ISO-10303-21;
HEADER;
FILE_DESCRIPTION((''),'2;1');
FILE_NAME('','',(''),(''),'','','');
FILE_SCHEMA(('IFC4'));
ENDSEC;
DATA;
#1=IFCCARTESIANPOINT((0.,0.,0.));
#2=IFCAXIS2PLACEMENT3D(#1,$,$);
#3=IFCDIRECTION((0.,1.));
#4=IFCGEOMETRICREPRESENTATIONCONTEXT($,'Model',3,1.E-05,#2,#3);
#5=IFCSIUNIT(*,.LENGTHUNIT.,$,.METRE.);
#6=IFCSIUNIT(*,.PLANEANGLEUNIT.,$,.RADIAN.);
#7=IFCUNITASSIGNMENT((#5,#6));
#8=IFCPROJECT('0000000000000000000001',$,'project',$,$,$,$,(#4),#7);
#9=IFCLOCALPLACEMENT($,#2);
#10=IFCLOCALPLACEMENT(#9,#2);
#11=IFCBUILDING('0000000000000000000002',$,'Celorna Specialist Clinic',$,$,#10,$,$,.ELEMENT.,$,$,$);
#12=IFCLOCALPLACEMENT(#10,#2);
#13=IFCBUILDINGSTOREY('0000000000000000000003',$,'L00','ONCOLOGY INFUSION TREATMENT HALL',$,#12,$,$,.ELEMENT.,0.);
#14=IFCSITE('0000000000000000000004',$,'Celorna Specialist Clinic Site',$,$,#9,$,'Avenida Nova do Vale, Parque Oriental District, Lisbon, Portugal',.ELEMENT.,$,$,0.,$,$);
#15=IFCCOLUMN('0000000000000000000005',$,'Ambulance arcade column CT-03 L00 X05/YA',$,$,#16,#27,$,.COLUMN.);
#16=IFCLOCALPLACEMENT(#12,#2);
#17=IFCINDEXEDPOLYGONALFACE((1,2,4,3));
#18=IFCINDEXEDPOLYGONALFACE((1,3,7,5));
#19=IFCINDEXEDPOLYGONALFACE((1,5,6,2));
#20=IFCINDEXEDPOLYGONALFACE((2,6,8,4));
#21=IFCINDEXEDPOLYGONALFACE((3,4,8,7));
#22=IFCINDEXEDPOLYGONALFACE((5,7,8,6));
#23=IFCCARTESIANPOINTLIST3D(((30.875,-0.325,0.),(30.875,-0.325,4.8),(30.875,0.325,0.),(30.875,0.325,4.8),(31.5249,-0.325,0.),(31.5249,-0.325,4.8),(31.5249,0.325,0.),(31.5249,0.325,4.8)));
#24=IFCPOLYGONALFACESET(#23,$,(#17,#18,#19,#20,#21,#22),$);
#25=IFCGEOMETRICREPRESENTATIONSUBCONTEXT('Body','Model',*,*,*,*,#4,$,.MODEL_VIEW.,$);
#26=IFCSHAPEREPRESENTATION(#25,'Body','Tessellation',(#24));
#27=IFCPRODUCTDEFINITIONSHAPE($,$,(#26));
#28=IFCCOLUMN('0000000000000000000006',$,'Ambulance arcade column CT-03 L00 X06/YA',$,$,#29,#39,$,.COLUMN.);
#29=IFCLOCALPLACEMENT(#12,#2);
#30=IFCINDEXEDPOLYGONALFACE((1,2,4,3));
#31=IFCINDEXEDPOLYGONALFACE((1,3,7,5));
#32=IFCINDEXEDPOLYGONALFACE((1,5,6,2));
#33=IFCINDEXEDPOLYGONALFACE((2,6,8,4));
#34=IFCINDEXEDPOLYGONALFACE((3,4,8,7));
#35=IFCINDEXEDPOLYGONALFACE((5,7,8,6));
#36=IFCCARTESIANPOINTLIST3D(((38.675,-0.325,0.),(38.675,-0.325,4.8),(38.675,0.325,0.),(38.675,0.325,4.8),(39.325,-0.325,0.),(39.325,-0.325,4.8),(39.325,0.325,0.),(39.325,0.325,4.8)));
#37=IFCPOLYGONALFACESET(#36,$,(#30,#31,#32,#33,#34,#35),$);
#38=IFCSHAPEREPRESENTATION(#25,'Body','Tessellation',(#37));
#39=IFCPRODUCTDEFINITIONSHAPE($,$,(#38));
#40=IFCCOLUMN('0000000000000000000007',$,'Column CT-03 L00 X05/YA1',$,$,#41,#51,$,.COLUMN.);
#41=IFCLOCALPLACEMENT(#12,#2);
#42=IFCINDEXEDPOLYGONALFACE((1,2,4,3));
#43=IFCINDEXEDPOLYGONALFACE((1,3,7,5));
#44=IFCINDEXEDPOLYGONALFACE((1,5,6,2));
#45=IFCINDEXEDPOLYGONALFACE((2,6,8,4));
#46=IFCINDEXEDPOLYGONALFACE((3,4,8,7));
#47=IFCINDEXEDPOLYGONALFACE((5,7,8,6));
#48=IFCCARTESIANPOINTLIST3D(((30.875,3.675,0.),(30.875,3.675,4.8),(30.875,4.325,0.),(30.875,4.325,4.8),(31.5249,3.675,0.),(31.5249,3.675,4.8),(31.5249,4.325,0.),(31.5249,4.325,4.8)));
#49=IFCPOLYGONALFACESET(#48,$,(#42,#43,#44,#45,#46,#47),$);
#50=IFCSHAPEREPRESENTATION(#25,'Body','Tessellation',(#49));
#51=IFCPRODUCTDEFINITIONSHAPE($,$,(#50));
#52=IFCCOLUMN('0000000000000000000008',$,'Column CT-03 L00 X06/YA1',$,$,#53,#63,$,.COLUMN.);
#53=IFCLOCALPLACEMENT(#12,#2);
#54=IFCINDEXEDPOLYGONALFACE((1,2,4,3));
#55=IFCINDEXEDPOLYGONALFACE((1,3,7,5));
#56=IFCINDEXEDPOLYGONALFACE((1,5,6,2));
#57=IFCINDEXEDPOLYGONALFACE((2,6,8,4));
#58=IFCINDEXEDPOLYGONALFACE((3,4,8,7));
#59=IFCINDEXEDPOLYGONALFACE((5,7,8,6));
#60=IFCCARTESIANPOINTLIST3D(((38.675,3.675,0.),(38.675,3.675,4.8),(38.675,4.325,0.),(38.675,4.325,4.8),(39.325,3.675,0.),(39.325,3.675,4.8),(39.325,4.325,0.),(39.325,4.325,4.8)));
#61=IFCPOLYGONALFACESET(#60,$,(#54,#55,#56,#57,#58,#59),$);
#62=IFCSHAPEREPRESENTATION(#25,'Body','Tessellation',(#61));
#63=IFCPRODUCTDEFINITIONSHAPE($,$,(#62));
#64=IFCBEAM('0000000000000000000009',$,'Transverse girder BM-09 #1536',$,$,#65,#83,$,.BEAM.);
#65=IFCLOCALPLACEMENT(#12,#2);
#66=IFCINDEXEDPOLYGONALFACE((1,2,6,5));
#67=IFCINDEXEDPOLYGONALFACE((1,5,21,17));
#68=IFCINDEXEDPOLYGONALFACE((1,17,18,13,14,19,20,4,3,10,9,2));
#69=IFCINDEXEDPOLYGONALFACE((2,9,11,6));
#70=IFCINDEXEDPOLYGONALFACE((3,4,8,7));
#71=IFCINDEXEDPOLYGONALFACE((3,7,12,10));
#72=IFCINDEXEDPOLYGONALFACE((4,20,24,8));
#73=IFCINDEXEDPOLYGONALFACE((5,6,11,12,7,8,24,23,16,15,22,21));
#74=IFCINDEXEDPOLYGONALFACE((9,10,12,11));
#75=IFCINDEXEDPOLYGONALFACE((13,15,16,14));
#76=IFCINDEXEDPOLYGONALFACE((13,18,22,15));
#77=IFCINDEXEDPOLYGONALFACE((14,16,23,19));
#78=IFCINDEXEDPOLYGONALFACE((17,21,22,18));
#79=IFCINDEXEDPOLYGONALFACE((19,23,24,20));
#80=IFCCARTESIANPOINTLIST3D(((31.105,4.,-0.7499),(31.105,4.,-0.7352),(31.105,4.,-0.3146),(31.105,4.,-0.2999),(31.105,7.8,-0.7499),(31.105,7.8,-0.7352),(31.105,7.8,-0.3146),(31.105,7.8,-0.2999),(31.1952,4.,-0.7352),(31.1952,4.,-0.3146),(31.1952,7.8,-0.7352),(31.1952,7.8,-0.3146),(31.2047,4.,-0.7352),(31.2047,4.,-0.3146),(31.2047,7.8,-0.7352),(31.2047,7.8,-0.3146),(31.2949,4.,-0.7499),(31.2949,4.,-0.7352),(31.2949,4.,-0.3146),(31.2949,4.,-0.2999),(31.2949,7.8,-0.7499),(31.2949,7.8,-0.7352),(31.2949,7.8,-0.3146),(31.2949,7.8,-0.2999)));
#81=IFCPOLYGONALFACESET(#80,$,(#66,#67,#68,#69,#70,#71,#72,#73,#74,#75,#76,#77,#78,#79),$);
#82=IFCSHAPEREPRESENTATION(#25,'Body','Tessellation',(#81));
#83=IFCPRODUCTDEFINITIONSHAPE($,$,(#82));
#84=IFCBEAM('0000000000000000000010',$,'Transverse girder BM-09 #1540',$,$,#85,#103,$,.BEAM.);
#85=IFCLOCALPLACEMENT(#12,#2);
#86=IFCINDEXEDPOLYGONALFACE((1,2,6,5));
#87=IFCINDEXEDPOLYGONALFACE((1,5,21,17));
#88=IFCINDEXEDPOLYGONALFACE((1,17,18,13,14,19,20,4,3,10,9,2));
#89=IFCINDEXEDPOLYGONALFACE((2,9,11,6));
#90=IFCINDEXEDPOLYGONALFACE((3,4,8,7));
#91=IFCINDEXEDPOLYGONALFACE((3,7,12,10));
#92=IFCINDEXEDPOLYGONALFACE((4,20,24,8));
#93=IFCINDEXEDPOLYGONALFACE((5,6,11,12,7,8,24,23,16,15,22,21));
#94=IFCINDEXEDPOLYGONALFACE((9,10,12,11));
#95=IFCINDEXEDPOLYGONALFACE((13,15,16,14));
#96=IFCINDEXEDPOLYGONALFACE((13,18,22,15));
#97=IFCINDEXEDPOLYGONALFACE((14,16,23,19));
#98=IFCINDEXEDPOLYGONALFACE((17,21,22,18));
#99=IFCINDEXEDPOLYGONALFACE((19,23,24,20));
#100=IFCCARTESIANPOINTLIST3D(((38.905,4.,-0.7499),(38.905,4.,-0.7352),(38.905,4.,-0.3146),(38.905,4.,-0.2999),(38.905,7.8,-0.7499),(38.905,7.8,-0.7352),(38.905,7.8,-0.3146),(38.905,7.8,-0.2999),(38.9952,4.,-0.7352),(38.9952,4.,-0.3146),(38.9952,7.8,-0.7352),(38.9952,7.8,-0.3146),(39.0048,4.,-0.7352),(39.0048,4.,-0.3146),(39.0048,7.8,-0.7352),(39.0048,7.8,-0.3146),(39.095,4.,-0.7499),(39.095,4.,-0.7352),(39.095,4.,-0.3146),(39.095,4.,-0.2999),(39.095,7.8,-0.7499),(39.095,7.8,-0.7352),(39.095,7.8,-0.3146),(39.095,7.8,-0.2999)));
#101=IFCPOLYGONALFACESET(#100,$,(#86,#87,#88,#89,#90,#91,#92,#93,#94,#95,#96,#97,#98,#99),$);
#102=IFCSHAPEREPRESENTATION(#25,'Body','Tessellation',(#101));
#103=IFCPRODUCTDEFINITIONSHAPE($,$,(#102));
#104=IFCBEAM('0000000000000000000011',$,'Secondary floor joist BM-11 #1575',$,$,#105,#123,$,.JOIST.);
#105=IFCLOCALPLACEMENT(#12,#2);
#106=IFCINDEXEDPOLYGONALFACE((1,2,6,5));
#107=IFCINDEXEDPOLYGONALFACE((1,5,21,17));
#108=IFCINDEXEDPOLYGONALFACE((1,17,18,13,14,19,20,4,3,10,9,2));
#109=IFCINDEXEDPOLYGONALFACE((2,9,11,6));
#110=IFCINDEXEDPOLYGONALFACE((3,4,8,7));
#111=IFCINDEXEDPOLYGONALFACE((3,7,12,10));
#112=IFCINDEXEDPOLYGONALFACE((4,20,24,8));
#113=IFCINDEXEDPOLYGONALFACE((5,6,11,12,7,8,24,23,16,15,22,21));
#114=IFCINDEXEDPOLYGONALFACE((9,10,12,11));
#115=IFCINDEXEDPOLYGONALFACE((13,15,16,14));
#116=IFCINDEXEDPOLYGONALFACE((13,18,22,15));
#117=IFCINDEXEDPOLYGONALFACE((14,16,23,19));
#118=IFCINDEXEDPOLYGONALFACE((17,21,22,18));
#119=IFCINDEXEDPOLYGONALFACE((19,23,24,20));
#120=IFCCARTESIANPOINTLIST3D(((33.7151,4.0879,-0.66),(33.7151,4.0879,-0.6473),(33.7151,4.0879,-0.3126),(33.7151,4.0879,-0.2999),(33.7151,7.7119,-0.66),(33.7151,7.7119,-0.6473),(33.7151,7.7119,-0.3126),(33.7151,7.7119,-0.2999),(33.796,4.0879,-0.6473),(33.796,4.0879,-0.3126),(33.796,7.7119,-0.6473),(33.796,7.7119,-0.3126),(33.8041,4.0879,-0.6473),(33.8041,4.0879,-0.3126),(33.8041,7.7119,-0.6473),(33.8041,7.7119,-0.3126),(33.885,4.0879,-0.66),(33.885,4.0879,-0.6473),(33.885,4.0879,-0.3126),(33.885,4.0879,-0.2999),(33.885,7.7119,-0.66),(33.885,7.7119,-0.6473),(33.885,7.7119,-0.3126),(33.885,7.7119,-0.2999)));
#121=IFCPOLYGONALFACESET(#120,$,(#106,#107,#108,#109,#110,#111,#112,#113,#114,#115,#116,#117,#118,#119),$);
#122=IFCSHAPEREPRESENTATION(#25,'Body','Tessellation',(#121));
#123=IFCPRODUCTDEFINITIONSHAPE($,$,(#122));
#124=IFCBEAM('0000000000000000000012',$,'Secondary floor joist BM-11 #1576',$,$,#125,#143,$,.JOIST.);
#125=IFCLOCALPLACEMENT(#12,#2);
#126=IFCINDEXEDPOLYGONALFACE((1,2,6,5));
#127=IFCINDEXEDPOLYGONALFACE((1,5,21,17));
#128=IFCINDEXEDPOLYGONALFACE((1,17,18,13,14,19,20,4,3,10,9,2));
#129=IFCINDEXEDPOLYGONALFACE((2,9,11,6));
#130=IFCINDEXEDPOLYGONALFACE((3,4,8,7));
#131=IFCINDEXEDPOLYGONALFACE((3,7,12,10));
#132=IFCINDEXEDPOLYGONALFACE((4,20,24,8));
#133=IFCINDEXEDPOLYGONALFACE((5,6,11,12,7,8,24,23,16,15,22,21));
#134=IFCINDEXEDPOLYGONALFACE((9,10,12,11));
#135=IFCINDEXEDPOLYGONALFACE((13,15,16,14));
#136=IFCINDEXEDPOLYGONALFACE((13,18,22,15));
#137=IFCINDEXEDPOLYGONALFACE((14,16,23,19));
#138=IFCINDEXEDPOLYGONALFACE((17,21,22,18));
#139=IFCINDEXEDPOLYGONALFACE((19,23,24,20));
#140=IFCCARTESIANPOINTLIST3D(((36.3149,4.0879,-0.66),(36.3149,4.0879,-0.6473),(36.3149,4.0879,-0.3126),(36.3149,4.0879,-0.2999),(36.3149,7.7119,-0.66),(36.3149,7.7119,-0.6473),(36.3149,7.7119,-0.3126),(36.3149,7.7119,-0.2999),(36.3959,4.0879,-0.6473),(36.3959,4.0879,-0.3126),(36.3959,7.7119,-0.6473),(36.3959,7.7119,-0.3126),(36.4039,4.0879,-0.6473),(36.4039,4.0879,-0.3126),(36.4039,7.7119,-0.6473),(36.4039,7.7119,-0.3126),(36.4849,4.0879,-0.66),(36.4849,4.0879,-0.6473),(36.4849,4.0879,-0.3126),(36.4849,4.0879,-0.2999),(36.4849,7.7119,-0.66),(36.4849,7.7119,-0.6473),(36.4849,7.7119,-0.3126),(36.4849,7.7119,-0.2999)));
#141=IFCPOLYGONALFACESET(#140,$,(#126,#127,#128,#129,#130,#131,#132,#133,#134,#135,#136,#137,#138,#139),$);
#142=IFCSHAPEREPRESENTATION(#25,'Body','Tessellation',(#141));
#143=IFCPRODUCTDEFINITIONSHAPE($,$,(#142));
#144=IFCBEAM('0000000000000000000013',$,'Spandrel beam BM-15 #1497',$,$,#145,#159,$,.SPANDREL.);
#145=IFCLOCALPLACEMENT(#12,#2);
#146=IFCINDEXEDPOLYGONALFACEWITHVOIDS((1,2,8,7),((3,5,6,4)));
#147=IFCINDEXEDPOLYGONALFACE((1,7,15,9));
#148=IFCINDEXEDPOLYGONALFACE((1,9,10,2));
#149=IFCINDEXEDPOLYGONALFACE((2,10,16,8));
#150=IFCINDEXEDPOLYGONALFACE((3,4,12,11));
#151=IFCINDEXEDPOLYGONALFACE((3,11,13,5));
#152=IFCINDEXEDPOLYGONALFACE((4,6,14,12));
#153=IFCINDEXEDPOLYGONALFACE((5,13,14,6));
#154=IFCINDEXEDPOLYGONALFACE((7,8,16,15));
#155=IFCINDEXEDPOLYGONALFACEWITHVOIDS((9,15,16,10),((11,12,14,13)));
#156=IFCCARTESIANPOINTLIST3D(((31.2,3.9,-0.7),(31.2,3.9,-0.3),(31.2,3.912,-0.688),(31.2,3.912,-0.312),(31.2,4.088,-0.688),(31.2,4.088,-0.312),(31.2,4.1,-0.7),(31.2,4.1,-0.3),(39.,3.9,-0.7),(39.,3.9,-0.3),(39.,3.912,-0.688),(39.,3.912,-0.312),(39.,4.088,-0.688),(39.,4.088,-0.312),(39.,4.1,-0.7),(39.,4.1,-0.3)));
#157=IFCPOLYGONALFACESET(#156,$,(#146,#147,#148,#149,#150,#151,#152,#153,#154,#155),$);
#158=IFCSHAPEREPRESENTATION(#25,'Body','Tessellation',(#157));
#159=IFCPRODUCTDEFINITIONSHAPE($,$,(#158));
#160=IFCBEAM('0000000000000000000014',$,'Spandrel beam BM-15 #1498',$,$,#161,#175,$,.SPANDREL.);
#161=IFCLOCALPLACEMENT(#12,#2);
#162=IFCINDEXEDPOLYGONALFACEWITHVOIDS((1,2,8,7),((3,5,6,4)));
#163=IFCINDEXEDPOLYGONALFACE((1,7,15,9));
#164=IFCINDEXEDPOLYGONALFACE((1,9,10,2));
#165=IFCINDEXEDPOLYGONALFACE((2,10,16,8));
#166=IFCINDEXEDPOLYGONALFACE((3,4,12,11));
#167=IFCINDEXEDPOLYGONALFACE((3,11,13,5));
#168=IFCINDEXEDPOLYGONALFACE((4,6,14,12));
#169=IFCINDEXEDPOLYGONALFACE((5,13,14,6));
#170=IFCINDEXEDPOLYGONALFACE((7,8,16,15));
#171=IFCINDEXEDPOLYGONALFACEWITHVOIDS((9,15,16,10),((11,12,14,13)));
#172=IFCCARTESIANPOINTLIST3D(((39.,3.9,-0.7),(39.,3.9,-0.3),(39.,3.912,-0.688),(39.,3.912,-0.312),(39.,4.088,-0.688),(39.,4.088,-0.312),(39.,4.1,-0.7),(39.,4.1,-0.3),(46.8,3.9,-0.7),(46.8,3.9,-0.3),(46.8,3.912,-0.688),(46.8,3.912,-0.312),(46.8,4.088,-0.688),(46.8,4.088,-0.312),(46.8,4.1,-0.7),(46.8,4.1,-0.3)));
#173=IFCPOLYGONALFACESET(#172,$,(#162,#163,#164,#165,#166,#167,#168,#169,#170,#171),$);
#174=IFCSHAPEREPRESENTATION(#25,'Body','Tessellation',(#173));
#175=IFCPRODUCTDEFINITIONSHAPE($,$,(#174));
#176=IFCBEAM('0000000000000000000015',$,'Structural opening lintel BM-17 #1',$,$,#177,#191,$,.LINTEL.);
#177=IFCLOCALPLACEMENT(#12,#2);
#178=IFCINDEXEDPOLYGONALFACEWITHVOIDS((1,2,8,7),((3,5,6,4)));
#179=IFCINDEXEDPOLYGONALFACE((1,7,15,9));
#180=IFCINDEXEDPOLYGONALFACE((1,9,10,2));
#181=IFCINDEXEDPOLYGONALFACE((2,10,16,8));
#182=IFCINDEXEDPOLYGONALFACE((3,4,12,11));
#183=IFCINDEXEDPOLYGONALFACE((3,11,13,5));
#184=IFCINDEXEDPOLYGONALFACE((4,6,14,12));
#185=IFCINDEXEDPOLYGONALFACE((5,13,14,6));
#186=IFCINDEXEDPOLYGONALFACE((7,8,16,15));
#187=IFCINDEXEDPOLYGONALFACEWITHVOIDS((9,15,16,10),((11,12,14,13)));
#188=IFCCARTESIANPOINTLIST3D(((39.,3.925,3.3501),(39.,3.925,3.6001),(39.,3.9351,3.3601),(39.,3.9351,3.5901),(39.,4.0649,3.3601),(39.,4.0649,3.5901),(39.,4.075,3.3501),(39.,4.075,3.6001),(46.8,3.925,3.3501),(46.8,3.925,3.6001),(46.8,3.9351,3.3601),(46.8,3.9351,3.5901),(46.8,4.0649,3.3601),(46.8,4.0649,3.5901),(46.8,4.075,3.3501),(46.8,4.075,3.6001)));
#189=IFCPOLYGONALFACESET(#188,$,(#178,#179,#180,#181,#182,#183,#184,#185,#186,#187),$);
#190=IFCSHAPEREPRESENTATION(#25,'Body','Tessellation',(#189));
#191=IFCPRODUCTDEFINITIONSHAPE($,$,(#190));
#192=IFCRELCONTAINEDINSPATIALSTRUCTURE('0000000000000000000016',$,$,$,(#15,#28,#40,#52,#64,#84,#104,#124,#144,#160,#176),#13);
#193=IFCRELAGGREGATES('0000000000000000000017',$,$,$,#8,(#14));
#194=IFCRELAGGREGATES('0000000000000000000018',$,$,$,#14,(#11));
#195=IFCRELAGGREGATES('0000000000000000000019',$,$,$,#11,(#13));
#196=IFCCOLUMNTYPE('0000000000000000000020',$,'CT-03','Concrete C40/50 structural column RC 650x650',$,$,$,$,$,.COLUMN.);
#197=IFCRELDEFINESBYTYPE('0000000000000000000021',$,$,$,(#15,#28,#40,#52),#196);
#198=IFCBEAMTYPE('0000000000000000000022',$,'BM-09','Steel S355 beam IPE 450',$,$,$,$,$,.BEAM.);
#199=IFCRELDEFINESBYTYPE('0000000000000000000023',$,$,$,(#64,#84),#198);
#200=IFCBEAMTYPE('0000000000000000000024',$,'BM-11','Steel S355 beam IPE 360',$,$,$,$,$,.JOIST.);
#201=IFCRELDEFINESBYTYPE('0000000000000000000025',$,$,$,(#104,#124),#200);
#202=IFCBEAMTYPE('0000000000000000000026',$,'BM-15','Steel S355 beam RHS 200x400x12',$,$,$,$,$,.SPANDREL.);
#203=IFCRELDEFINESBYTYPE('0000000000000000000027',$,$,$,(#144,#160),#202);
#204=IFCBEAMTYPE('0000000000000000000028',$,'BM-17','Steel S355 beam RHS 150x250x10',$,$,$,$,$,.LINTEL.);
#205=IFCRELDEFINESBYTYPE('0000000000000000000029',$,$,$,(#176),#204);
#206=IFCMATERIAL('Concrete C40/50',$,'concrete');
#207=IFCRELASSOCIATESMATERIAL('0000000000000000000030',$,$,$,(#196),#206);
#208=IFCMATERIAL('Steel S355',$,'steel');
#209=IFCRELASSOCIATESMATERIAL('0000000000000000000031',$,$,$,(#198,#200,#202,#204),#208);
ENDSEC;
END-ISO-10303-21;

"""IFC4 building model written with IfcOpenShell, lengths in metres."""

from ifc_helpers import new_model, si_unit, direction, frame, origin, origin_2d, place, context, subcontext, project, spatial, rectangle, hollow_rectangle, i_section, extrude, material, material_profile, profile_set, type_object, element, save


model = new_model("IFC4")

# Units and contexts
model_context = context("Model", 3, precision=1e-05, world=origin(), true_north=direction((0.0, 1.0)))
body_context = subcontext(model_context, "Body", "Model", "MODEL_VIEW")
ifc_project = project(units=[si_unit("LENGTHUNIT", "METRE"), si_unit("PLANEANGLEUNIT", "RADIAN")], contexts=[model_context])

# Site, building, storey
site_placement = place(None, origin())
site = spatial("IfcSite", under=ifc_project, at=site_placement, Name="Celorna Specialist Clinic Site", LongName="Avenida Nova do Vale, Parque Oriental District, Lisbon, Portugal", CompositionType="ELEMENT", RefElevation=0.0)
building_placement = place(site_placement, origin())
building = spatial("IfcBuilding", under=site, at=building_placement, Name="Celorna Specialist Clinic", CompositionType="ELEMENT")
storey_placement = place(building_placement, origin())
storey = spatial("IfcBuildingStorey", under=building, at=storey_placement, Name="L00", Description="ONCOLOGY INFUSION TREATMENT HALL", CompositionType="ELEMENT", Elevation=0.0)

# Columns
ifc_material_1 = material(Name="Concrete C40/50", Category="concrete")
ifc_material_profile_1 = material_profile(ifc_material_1, rectangle(XDim=0.6499, YDim=0.6499, at=origin_2d()), Name="RC 650x650")
ifc_profile_set_1 = profile_set([ifc_material_profile_1], Name="Concrete C40/50")
column_type = type_object("IfcColumnType", Name="CT-03", Description="Concrete C40/50 structural column RC 650x650", PredefinedType="COLUMN", material=ifc_profile_set_1)
for number, where, z_axis, x_axis, name in (
    (1, (31.2, 0.0, 0.0), (0.0, 0.0, 1.0), (1.0, 0.0, 0.0), "Ambulance arcade column CT-03 L00 X05/YA"),
    (2, (39.0, 0.0, 0.0), (0.0, 0.0, 1.0), (1.0, 0.0, 0.0), "Ambulance arcade column CT-03 L00 X06/YA"),
    (3, (31.2, 4.0, 0.0), (0.0, 0.0, 1.0), (1.0, 0.0, 0.0), "Column CT-03 L00 X05/YA1"),
    (4, (39.0, 4.0, 0.0), (0.0, 0.0, 1.0), (1.0, 0.0, 0.0), "Column CT-03 L00 X06/YA1"),
):
    element("IfcColumn", number, at=place(storey_placement, frame(where, z_axis=z_axis, x_axis=x_axis)), inside=storey, type_object=column_type, Name=name, PredefinedType="COLUMN", context=body_context, shape_type="SweptSolid", body=[
        extrude(rectangle(XDim=0.6499, YDim=0.6499, at=origin_2d()), origin(), (0.0, 0.0, 1.0), 4.8),
    ])

# Beams
ifc_material_2 = material(Name="Steel S355", Category="steel")
ifc_material_profile_2 = material_profile(ifc_material_2, i_section(OverallWidth=0.1899, OverallDepth=0.45, WebThickness=0.0095, FlangeThickness=0.0146, at=origin_2d()), Name="IPE 450")
ifc_profile_set_2 = profile_set([ifc_material_profile_2], Name="Steel S355")
beam_type_1 = type_object("IfcBeamType", Name="BM-09", Description="Steel S355 beam IPE 450", PredefinedType="BEAM", material=ifc_profile_set_2)
for number, where, z_axis, x_axis, name in (
    (5, (31.2, 4.0, -0.5249), (0.0, 1.0, 0.0), (-1.0, 0.0, 0.0), "Transverse girder BM-09 #1536"),
    (6, (39.0, 4.0, -0.5249), (0.0, 1.0, 0.0), (-1.0, 0.0, 0.0), "Transverse girder BM-09 #1540"),
):
    element("IfcBeam", number, at=place(storey_placement, frame(where, z_axis=z_axis, x_axis=x_axis)), inside=storey, type_object=beam_type_1, Name=name, PredefinedType="BEAM", context=body_context, shape_type="SweptSolid", body=[
        extrude(i_section(OverallWidth=0.1899, OverallDepth=0.45, WebThickness=0.0095, FlangeThickness=0.0146, at=origin_2d()), origin(), (0.0, 0.0, 1.0), 3.8),
    ])
ifc_material_profile_3 = material_profile(ifc_material_2, i_section(OverallWidth=0.1699, OverallDepth=0.3601, WebThickness=0.0081, FlangeThickness=0.0127, at=origin_2d()), Name="IPE 360")
ifc_profile_set_3 = profile_set([ifc_material_profile_3], Name="Steel S355")
beam_type_2 = type_object("IfcBeamType", Name="BM-11", Description="Steel S355 beam IPE 360", PredefinedType="JOIST", material=ifc_profile_set_3)
for number, where, z_axis, x_axis, name in (
    (7, (33.8, 4.0879, -0.48), (0.0, 1.0, 0.0), (-1.0, 0.0, 0.0), "Secondary floor joist BM-11 #1575"),
    (8, (36.3999, 4.0879, -0.48), (0.0, 1.0, 0.0), (-1.0, 0.0, 0.0), "Secondary floor joist BM-11 #1576"),
):
    element("IfcBeam", number, at=place(storey_placement, frame(where, z_axis=z_axis, x_axis=x_axis)), inside=storey, type_object=beam_type_2, Name=name, PredefinedType="JOIST", context=body_context, shape_type="SweptSolid", body=[
        extrude(i_section(OverallWidth=0.1699, OverallDepth=0.3601, WebThickness=0.0081, FlangeThickness=0.0127, at=origin_2d()), origin(), (0.0, 0.0, 1.0), 3.624),
    ])
ifc_material_profile_4 = material_profile(ifc_material_2, hollow_rectangle(XDim=0.2, YDim=0.3999, WallThickness=0.012, at=origin_2d()), Name="RHS 200x400x12")
ifc_profile_set_4 = profile_set([ifc_material_profile_4], Name="Steel S355")
beam_type_3 = type_object("IfcBeamType", Name="BM-15", Description="Steel S355 beam RHS 200x400x12", PredefinedType="SPANDREL", material=ifc_profile_set_4)
for number, where, z_axis, x_axis, name in (
    (9, (31.2, 4.0, -0.5), (1.0, 0.0, 0.0), (0.0, 1.0, 0.0), "Spandrel beam BM-15 #1497"),
    (10, (39.0, 4.0, -0.5), (1.0, 0.0, 0.0), (0.0, 1.0, 0.0), "Spandrel beam BM-15 #1498"),
):
    element("IfcBeam", number, at=place(storey_placement, frame(where, z_axis=z_axis, x_axis=x_axis)), inside=storey, type_object=beam_type_3, Name=name, PredefinedType="SPANDREL", context=body_context, shape_type="SweptSolid", body=[
        extrude(hollow_rectangle(XDim=0.2, YDim=0.3999, WallThickness=0.012, at=origin_2d()), origin(), (0.0, 0.0, 1.0), 7.8),
    ])
ifc_material_profile_5 = material_profile(ifc_material_2, hollow_rectangle(XDim=0.1499, YDim=0.25, WallThickness=0.01, at=origin_2d()), Name="RHS 150x250x10")
ifc_profile_set_5 = profile_set([ifc_material_profile_5], Name="Steel S355")
beam_type_4 = type_object("IfcBeamType", Name="BM-17", Description="Steel S355 beam RHS 150x250x10", PredefinedType="LINTEL", material=ifc_profile_set_5)
for number, where, z_axis, x_axis, name in (
    (11, (39.0, 4.0, 3.4751), (1.0, 0.0, 0.0), (0.0, 1.0, 0.0), "Structural opening lintel BM-17 #1"),
):
    element("IfcBeam", number, at=place(storey_placement, frame(where, z_axis=z_axis, x_axis=x_axis)), inside=storey, type_object=beam_type_4, Name=name, PredefinedType="LINTEL", context=body_context, shape_type="SweptSolid", body=[
        extrude(hollow_rectangle(XDim=0.1499, YDim=0.25, WallThickness=0.01, at=origin_2d()), origin(), (0.0, 0.0, 1.0), 7.8),
    ])

save(model, "model.ifc")
